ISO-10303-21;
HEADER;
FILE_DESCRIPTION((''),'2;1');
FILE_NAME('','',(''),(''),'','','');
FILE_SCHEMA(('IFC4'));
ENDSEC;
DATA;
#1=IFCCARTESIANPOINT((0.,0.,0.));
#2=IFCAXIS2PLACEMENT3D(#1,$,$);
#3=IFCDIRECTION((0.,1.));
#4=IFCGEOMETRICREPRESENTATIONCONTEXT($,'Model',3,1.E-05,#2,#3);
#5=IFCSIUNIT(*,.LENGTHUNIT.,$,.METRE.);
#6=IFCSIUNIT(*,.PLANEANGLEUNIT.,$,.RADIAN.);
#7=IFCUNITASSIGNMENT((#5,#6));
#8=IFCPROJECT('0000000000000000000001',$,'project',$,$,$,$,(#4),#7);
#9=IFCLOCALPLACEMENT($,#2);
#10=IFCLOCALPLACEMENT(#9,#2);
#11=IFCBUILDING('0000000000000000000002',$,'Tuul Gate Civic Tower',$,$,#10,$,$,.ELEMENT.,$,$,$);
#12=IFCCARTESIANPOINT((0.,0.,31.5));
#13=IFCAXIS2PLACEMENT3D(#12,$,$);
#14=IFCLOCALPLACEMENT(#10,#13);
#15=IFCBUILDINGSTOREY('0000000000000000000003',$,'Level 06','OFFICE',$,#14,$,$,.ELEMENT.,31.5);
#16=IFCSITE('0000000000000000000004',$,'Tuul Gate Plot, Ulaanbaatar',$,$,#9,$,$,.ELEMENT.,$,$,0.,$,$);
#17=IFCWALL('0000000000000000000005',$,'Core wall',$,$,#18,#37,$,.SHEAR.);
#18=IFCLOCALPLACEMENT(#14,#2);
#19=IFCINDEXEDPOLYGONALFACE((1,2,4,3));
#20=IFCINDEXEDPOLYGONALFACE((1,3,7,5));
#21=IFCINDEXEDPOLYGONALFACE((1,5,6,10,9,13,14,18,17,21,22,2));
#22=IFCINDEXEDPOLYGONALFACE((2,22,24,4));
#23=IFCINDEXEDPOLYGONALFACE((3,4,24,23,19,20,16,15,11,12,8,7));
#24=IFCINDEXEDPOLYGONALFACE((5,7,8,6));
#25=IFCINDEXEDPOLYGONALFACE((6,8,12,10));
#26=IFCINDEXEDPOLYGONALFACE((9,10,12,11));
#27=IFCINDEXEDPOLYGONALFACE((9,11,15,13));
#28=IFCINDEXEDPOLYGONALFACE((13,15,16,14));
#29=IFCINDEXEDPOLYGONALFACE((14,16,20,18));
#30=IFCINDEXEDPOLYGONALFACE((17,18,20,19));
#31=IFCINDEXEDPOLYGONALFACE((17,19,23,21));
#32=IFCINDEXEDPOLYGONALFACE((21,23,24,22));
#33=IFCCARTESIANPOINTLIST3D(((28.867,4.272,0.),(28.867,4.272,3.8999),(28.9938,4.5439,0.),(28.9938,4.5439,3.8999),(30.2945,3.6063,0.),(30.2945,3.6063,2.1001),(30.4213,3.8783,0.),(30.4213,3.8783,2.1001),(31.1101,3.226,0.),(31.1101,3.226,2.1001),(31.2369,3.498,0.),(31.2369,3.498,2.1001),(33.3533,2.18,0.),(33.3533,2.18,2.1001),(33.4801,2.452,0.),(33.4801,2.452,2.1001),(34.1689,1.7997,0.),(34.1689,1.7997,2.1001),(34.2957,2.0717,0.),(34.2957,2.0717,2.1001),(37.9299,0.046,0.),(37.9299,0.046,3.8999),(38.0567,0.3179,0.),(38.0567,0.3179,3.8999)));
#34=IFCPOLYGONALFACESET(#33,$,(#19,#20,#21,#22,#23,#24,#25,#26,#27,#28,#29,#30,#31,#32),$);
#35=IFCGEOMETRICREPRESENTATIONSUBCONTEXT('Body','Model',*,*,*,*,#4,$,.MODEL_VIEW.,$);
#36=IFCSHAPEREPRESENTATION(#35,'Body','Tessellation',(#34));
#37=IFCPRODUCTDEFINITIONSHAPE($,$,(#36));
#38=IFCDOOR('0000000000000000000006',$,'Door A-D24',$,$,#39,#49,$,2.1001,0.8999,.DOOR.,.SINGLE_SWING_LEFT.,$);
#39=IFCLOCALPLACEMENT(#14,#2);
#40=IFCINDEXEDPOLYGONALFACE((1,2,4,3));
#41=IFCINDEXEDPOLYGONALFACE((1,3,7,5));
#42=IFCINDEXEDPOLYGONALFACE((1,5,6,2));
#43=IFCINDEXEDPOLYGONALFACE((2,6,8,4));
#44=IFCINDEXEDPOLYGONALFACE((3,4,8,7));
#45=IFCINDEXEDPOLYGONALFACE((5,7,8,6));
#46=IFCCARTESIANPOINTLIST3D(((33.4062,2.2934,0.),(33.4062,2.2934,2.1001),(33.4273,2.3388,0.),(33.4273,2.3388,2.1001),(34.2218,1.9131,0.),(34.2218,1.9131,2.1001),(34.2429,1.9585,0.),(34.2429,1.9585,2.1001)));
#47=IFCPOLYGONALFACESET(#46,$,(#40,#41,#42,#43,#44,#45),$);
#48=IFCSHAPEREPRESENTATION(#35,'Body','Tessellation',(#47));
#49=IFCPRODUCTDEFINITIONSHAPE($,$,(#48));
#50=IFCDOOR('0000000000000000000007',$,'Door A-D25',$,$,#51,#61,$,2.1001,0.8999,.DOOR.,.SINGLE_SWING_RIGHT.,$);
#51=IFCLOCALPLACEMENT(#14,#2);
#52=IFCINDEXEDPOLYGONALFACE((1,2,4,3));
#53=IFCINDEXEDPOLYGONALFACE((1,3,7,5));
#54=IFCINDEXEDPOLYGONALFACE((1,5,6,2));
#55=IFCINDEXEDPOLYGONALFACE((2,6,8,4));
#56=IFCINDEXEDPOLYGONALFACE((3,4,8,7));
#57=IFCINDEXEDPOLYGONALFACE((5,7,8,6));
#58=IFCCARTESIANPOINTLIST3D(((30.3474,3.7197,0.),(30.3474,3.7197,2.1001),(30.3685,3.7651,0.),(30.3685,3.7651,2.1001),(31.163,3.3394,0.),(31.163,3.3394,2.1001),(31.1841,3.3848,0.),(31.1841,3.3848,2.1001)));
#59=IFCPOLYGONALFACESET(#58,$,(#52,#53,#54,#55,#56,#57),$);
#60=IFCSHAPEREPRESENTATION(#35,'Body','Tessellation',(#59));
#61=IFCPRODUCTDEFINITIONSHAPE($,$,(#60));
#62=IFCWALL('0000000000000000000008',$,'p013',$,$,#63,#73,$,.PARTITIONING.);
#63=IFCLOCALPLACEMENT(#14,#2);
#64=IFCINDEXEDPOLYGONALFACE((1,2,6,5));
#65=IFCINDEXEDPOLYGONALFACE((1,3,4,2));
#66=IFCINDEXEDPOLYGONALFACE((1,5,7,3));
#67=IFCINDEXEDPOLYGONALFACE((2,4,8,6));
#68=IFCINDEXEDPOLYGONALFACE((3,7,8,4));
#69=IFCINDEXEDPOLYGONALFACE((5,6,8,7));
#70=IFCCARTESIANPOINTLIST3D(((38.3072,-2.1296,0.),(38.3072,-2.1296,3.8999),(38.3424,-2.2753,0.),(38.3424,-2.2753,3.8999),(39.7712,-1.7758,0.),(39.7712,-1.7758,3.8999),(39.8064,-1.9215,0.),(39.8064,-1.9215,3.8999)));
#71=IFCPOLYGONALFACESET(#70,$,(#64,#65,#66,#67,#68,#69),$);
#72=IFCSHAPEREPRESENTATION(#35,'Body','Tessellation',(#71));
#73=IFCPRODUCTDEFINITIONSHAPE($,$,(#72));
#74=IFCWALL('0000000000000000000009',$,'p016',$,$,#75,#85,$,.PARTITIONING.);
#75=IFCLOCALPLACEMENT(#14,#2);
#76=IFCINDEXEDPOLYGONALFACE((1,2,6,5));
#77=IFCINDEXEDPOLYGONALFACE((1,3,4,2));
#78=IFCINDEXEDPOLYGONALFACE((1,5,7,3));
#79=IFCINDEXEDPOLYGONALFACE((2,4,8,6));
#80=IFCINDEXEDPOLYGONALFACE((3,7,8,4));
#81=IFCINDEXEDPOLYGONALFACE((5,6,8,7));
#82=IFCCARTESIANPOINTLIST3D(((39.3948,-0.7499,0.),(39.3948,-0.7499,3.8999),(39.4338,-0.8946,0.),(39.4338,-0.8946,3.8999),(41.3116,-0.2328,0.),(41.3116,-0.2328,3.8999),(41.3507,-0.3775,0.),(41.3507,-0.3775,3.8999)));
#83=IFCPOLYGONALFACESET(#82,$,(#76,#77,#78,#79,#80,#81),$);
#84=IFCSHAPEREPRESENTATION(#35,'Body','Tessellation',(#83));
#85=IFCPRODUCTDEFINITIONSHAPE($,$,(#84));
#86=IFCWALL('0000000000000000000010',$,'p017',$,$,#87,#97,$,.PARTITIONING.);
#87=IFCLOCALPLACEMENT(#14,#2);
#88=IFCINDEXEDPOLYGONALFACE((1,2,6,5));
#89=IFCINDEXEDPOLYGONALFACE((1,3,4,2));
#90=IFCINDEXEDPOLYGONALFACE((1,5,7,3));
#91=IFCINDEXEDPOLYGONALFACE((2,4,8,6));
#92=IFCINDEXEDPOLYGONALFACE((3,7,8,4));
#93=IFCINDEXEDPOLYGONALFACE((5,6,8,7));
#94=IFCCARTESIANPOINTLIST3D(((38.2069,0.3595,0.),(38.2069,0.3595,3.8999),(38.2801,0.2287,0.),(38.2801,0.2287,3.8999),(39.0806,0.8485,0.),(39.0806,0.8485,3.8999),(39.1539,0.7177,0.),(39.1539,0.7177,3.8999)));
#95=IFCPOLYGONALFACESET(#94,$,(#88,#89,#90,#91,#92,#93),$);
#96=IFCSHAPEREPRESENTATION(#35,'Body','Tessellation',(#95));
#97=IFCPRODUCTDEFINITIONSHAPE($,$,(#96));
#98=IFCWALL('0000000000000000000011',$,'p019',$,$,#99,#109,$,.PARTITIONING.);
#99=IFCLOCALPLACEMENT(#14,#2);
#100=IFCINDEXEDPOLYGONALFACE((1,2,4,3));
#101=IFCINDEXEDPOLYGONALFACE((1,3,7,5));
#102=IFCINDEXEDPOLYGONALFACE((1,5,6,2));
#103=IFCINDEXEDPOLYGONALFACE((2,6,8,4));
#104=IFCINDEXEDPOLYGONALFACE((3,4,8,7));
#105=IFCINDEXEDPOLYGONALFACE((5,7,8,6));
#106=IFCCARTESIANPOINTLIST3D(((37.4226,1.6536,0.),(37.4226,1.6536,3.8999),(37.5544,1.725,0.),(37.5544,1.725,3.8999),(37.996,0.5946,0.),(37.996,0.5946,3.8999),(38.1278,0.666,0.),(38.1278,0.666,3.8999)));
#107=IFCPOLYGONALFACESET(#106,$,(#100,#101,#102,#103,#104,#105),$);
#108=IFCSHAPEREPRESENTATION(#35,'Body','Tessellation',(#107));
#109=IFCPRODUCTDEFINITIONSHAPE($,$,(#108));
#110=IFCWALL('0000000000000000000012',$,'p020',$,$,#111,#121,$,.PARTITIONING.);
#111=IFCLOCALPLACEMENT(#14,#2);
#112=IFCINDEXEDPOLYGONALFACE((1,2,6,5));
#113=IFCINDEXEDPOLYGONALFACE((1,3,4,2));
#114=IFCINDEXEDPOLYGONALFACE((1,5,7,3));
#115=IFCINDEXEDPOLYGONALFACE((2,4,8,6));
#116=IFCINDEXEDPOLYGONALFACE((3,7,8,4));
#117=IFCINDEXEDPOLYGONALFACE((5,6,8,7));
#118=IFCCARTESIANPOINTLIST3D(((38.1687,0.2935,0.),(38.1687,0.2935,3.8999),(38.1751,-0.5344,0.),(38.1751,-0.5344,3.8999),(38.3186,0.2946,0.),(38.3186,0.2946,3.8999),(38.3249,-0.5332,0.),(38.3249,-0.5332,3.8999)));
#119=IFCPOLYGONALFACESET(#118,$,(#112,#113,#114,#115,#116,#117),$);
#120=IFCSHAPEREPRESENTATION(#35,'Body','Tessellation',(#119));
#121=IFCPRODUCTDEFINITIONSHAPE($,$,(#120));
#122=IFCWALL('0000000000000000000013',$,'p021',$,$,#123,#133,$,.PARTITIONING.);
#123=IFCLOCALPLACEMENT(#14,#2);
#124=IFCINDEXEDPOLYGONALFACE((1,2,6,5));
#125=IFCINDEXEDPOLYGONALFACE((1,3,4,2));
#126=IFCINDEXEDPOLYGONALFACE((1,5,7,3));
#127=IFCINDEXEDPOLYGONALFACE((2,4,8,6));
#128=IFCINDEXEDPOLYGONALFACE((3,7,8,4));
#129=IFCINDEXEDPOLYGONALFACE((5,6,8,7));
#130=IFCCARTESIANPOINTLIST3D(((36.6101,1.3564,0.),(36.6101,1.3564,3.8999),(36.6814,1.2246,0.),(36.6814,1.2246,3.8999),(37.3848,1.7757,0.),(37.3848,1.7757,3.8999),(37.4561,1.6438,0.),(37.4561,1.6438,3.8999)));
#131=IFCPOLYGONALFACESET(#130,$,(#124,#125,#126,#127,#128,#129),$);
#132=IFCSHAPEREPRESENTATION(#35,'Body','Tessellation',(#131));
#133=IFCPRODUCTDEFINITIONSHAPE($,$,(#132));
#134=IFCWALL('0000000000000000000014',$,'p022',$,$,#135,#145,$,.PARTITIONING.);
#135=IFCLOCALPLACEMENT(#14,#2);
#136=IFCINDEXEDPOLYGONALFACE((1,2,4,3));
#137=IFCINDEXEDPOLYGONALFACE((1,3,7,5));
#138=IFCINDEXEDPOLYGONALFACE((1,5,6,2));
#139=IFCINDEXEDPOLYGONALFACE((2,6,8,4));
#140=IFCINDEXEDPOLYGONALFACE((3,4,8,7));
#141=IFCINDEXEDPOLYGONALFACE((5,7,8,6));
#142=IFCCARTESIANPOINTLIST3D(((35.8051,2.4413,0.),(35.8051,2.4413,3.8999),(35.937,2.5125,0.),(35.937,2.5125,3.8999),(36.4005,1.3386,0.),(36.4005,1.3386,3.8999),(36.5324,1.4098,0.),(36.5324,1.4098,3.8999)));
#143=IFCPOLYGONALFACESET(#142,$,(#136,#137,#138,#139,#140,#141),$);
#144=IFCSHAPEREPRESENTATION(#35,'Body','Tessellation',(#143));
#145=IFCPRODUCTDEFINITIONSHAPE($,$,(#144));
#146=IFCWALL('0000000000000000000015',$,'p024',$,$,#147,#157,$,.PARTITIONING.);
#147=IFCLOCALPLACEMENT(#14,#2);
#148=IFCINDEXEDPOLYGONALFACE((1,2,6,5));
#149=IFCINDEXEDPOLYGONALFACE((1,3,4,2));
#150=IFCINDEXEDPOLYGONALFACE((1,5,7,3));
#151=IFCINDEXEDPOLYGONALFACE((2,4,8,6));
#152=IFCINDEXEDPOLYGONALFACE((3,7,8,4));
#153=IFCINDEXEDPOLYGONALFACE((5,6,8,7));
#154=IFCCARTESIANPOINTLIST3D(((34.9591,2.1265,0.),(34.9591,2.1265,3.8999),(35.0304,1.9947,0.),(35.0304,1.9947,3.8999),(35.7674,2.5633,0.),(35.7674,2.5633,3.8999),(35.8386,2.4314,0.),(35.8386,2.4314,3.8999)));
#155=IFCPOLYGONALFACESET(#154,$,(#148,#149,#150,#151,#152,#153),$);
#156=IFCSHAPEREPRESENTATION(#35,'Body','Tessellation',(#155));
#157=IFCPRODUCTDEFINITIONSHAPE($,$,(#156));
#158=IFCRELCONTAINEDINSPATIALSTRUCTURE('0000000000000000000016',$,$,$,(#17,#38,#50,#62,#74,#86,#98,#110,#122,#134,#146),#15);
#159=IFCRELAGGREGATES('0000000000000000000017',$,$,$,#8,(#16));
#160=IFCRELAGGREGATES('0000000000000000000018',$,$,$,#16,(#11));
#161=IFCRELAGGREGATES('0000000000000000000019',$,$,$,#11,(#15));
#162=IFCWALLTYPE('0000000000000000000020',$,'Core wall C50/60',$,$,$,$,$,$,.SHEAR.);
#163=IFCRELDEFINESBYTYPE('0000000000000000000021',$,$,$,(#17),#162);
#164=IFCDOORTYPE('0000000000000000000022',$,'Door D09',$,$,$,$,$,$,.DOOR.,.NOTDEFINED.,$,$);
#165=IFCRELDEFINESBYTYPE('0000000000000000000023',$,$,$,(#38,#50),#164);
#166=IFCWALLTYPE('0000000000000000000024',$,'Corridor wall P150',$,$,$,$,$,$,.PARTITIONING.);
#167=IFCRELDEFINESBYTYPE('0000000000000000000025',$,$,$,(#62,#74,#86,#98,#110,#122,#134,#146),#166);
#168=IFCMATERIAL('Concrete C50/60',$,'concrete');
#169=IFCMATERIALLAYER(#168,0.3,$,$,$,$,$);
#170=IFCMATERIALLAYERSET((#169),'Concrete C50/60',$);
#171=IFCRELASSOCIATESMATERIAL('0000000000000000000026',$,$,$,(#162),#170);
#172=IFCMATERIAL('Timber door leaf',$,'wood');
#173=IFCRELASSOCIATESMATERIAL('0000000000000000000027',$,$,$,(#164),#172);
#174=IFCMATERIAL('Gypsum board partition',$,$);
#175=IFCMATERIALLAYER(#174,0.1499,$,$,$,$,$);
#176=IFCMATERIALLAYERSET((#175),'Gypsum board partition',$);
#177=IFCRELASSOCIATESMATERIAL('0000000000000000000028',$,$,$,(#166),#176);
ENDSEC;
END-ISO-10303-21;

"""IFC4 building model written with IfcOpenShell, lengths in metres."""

from ifc_helpers import new_model, si_unit, direction, frame, frame_2d, origin, place, context, subcontext, project, spatial, rectangle, extrude, material, layer, layer_set, type_object, element, fill, save


model = new_model("IFC4")

# Units and contexts
model_context = context("Model", 3, precision=1e-05, world=origin(), true_north=direction((0.0, 1.0)))
body_context = subcontext(model_context, "Body", "Model", "MODEL_VIEW")
ifc_project = project(units=[si_unit("LENGTHUNIT", "METRE"), si_unit("PLANEANGLEUNIT", "RADIAN")], contexts=[model_context])

# Site, building, storey
site_placement = place(None, origin())
site = spatial("IfcSite", under=ifc_project, at=site_placement, Name="Tuul Gate Plot, Ulaanbaatar", CompositionType="ELEMENT", RefElevation=0.0)
building_placement = place(site_placement, origin())
building = spatial("IfcBuilding", under=site, at=building_placement, Name="Tuul Gate Civic Tower", CompositionType="ELEMENT")
storey_placement = place(building_placement, frame((0.0, 0.0, 31.5)))
storey = spatial("IfcBuildingStorey", under=building, at=storey_placement, Name="Level 06", Description="OFFICE", CompositionType="ELEMENT", Elevation=31.5)

# Wall, openings, doors
ifc_material_1 = material(Name="Concrete C50/60", Category="concrete")
ifc_layer_1 = layer(ifc_material_1, 0.3)
ifc_layer_set_1 = layer_set([ifc_layer_1], Name="Concrete C50/60")
wall_type_1 = type_object("IfcWallType", Name="Core wall C50/60", PredefinedType="SHEAR", material=ifc_layer_set_1)
wall_1_placement = place(storey_placement, frame((37.9934, 0.1819, 0.0), z_axis=(0.0, 0.0, 1.0), x_axis=(-0.90631, 0.422613, 0.0)))
wall_1 = element("IfcWall", 1, at=wall_1_placement, inside=storey, type_object=wall_type_1, Name="Core wall", PredefinedType="SHEAR", context=body_context, shape_type="SweptSolid", body=[
    extrude(rectangle(XDim=9.9998, YDim=0.3, at=frame_2d((5.0, 0.0))), origin(), (0.0, 0.0, 1.0), 3.8999),
])
opening_1_placement = place(wall_1_placement, frame((4.1499, 0.0, 0.0)))
opening_1 = element("IfcOpeningElement", 2, at=opening_1_placement, cuts=wall_1, PredefinedType="OPENING", context=body_context, shape_type="SweptSolid", body=[
    extrude(rectangle(XDim=0.8999, YDim=2.1001, at=frame_2d((0.45, 1.05))), frame((0.0, 0.1602, 0.0), z_axis=(0.0, -1.0, 0.0), x_axis=(1.0, 0.0, 0.0)), (0.0, 0.0, 1.0), 0.3201),
])
opening_2_placement = place(wall_1_placement, frame((7.5249, 0.0, 0.0)))
opening_2 = element("IfcOpeningElement", 3, at=opening_2_placement, cuts=wall_1, PredefinedType="OPENING", context=body_context, shape_type="SweptSolid", body=[
    extrude(rectangle(XDim=0.8999, YDim=2.1001, at=frame_2d((0.45, 1.05))), frame((0.0, 0.1602, 0.0), z_axis=(0.0, -1.0, 0.0), x_axis=(1.0, 0.0, 0.0)), (0.0, 0.0, 1.0), 0.3201),
])
ifc_material_2 = material(Name="Timber door leaf", Category="wood")
door_type_1 = type_object("IfcDoorType", Name="Door D09", OperationType="NOTDEFINED", PredefinedType="DOOR", material=ifc_material_2)
door_1_placement = place(opening_1_placement, origin())
door_1 = element("IfcDoor", 4, at=door_1_placement, inside=storey, type_object=door_type_1, Name="Door A-D24", OperationType="SINGLE_SWING_LEFT", OverallHeight=2.1001, OverallWidth=0.8999, PredefinedType="DOOR", context=body_context, shape_type="SweptSolid", body=[
    extrude(rectangle(XDim=0.8999, YDim=2.1001, at=frame_2d((0.45, 1.05))), frame((0.0, 0.0249, 0.0), z_axis=(0.0, -1.0, 0.0), x_axis=(1.0, 0.0, 0.0)), (0.0, 0.0, 1.0), 0.05),
])
fill(opening_1, door_1)
door_2_placement = place(opening_2_placement, origin())
door_2 = element("IfcDoor", 5, at=door_2_placement, inside=storey, type_object=door_type_1, Name="Door A-D25", OperationType="SINGLE_SWING_RIGHT", OverallHeight=2.1001, OverallWidth=0.8999, PredefinedType="DOOR", context=body_context, shape_type="SweptSolid", body=[
    extrude(rectangle(XDim=0.8999, YDim=2.1001, at=frame_2d((0.45, 1.05))), frame((0.0, 0.0249, 0.0), z_axis=(0.0, -1.0, 0.0), x_axis=(1.0, 0.0, 0.0)), (0.0, 0.0, 1.0), 0.05),
])
fill(opening_2, door_2)

# Walls
ifc_material_3 = material(Name="Gypsum board partition")
ifc_layer_2 = layer(ifc_material_3, 0.1499)
ifc_layer_set_2 = layer_set([ifc_layer_2], Name="Gypsum board partition")
wall_type_2 = type_object("IfcWallType", Name="Corridor wall P150", PredefinedType="PARTITIONING", material=ifc_layer_set_2)
wall_2_placement = place(storey_placement, frame((38.325, -2.2024, 0.0), z_axis=(0.0, 0.0, 1.0), x_axis=(0.97202, 0.234899, 0.0)))
element("IfcWall", 6, at=wall_2_placement, inside=storey, type_object=wall_type_2, Name="p013", PredefinedType="PARTITIONING", context=body_context, shape_type="SweptSolid", body=[
    extrude(rectangle(XDim=1.5061, YDim=0.1499, at=frame_2d((0.7529, 0.0))), origin(), (0.0, 0.0, 1.0), 3.8999),
])
wall_3_placement = place(storey_placement, frame((39.4143, -0.8223, 0.0), z_axis=(0.0, 0.0, 1.0), x_axis=(0.965484, 0.260463, 0.0)))
element("IfcWall", 7, at=wall_3_placement, inside=storey, type_object=wall_type_2, Name="p016", PredefinedType="PARTITIONING", context=body_context, shape_type="SweptSolid", body=[
    extrude(rectangle(XDim=1.9854, YDim=0.1499, at=frame_2d((0.9927, 0.0))), origin(), (0.0, 0.0, 1.0), 3.8999),
])
wall_4_placement = place(storey_placement, frame((38.2437, 0.2942, 0.0), z_axis=(0.0, 0.0, 1.0), x_axis=(0.872635, 0.488373, 0.0)))
element("IfcWall", 8, at=wall_4_placement, inside=storey, type_object=wall_type_2, Name="p017", PredefinedType="PARTITIONING", context=body_context, shape_type="SweptSolid", body=[
    extrude(rectangle(XDim=1.0012, YDim=0.1499, at=frame_2d((0.5005, 0.0))), origin(), (0.0, 0.0, 1.0), 3.8999),
])
wall_5_placement = place(storey_placement, frame((37.4885, 1.6892, 0.0), z_axis=(0.0, 0.0, 1.0), x_axis=(0.476166, -0.879356, 0.0)))
element("IfcWall", 9, at=wall_5_placement, inside=storey, type_object=wall_type_2, Name="p019", PredefinedType="PARTITIONING", context=body_context, shape_type="SweptSolid", body=[
    extrude(rectangle(XDim=1.2043, YDim=0.1499, at=frame_2d((0.6021, 0.0))), origin(), (0.0, 0.0, 1.0), 3.8999),
])
wall_6_placement = place(storey_placement, frame((38.2437, 0.2942, 0.0), z_axis=(0.0, 0.0, 1.0), x_axis=(0.007667, -0.999971, 0.0)))
element("IfcWall", 10, at=wall_6_placement, inside=storey, type_object=wall_type_2, Name="p020", PredefinedType="PARTITIONING", context=body_context, shape_type="SweptSolid", body=[
    extrude(rectangle(XDim=0.8279, YDim=0.1499, at=frame_2d((0.4141, 0.0))), origin(), (0.0, 0.0, 1.0), 3.8999),
])
wall_7_placement = place(storey_placement, frame((36.6458, 1.2905, 0.0), z_axis=(0.0, 0.0, 1.0), x_axis=(0.87949, 0.475917, 0.0)))
element("IfcWall", 11, at=wall_7_placement, inside=storey, type_object=wall_type_2, Name="p021", PredefinedType="PARTITIONING", context=body_context, shape_type="SweptSolid", body=[
    extrude(rectangle(XDim=0.8809, YDim=0.1499, at=frame_2d((0.4404, 0.0))), origin(), (0.0, 0.0, 1.0), 3.8999),
])
wall_8_placement = place(storey_placement, frame((35.8711, 2.4768, 0.0), z_axis=(0.0, 0.0, 1.0), x_axis=(0.475122, -0.87992, 0.0)))
element("IfcWall", 12, at=wall_8_placement, inside=storey, type_object=wall_type_2, Name="p022", PredefinedType="PARTITIONING", context=body_context, shape_type="SweptSolid", body=[
    extrude(rectangle(XDim=1.2532, YDim=0.1499, at=frame_2d((0.6265, 0.0))), origin(), (0.0, 0.0, 1.0), 3.8999),
])
wall_9_placement = place(storey_placement, frame((34.9946, 2.0605, 0.0), z_axis=(0.0, 0.0, 1.0), x_axis=(0.879788, 0.475367, 0.0)))
element("IfcWall", 13, at=wall_9_placement, inside=storey, type_object=wall_type_2, Name="p024", PredefinedType="PARTITIONING", context=body_context, shape_type="SweptSolid", body=[
    extrude(rectangle(XDim=0.9187, YDim=0.1499, at=frame_2d((0.4595, 0.0))), origin(), (0.0, 0.0, 1.0), 3.8999),
])

save(model, "model.ifc")
